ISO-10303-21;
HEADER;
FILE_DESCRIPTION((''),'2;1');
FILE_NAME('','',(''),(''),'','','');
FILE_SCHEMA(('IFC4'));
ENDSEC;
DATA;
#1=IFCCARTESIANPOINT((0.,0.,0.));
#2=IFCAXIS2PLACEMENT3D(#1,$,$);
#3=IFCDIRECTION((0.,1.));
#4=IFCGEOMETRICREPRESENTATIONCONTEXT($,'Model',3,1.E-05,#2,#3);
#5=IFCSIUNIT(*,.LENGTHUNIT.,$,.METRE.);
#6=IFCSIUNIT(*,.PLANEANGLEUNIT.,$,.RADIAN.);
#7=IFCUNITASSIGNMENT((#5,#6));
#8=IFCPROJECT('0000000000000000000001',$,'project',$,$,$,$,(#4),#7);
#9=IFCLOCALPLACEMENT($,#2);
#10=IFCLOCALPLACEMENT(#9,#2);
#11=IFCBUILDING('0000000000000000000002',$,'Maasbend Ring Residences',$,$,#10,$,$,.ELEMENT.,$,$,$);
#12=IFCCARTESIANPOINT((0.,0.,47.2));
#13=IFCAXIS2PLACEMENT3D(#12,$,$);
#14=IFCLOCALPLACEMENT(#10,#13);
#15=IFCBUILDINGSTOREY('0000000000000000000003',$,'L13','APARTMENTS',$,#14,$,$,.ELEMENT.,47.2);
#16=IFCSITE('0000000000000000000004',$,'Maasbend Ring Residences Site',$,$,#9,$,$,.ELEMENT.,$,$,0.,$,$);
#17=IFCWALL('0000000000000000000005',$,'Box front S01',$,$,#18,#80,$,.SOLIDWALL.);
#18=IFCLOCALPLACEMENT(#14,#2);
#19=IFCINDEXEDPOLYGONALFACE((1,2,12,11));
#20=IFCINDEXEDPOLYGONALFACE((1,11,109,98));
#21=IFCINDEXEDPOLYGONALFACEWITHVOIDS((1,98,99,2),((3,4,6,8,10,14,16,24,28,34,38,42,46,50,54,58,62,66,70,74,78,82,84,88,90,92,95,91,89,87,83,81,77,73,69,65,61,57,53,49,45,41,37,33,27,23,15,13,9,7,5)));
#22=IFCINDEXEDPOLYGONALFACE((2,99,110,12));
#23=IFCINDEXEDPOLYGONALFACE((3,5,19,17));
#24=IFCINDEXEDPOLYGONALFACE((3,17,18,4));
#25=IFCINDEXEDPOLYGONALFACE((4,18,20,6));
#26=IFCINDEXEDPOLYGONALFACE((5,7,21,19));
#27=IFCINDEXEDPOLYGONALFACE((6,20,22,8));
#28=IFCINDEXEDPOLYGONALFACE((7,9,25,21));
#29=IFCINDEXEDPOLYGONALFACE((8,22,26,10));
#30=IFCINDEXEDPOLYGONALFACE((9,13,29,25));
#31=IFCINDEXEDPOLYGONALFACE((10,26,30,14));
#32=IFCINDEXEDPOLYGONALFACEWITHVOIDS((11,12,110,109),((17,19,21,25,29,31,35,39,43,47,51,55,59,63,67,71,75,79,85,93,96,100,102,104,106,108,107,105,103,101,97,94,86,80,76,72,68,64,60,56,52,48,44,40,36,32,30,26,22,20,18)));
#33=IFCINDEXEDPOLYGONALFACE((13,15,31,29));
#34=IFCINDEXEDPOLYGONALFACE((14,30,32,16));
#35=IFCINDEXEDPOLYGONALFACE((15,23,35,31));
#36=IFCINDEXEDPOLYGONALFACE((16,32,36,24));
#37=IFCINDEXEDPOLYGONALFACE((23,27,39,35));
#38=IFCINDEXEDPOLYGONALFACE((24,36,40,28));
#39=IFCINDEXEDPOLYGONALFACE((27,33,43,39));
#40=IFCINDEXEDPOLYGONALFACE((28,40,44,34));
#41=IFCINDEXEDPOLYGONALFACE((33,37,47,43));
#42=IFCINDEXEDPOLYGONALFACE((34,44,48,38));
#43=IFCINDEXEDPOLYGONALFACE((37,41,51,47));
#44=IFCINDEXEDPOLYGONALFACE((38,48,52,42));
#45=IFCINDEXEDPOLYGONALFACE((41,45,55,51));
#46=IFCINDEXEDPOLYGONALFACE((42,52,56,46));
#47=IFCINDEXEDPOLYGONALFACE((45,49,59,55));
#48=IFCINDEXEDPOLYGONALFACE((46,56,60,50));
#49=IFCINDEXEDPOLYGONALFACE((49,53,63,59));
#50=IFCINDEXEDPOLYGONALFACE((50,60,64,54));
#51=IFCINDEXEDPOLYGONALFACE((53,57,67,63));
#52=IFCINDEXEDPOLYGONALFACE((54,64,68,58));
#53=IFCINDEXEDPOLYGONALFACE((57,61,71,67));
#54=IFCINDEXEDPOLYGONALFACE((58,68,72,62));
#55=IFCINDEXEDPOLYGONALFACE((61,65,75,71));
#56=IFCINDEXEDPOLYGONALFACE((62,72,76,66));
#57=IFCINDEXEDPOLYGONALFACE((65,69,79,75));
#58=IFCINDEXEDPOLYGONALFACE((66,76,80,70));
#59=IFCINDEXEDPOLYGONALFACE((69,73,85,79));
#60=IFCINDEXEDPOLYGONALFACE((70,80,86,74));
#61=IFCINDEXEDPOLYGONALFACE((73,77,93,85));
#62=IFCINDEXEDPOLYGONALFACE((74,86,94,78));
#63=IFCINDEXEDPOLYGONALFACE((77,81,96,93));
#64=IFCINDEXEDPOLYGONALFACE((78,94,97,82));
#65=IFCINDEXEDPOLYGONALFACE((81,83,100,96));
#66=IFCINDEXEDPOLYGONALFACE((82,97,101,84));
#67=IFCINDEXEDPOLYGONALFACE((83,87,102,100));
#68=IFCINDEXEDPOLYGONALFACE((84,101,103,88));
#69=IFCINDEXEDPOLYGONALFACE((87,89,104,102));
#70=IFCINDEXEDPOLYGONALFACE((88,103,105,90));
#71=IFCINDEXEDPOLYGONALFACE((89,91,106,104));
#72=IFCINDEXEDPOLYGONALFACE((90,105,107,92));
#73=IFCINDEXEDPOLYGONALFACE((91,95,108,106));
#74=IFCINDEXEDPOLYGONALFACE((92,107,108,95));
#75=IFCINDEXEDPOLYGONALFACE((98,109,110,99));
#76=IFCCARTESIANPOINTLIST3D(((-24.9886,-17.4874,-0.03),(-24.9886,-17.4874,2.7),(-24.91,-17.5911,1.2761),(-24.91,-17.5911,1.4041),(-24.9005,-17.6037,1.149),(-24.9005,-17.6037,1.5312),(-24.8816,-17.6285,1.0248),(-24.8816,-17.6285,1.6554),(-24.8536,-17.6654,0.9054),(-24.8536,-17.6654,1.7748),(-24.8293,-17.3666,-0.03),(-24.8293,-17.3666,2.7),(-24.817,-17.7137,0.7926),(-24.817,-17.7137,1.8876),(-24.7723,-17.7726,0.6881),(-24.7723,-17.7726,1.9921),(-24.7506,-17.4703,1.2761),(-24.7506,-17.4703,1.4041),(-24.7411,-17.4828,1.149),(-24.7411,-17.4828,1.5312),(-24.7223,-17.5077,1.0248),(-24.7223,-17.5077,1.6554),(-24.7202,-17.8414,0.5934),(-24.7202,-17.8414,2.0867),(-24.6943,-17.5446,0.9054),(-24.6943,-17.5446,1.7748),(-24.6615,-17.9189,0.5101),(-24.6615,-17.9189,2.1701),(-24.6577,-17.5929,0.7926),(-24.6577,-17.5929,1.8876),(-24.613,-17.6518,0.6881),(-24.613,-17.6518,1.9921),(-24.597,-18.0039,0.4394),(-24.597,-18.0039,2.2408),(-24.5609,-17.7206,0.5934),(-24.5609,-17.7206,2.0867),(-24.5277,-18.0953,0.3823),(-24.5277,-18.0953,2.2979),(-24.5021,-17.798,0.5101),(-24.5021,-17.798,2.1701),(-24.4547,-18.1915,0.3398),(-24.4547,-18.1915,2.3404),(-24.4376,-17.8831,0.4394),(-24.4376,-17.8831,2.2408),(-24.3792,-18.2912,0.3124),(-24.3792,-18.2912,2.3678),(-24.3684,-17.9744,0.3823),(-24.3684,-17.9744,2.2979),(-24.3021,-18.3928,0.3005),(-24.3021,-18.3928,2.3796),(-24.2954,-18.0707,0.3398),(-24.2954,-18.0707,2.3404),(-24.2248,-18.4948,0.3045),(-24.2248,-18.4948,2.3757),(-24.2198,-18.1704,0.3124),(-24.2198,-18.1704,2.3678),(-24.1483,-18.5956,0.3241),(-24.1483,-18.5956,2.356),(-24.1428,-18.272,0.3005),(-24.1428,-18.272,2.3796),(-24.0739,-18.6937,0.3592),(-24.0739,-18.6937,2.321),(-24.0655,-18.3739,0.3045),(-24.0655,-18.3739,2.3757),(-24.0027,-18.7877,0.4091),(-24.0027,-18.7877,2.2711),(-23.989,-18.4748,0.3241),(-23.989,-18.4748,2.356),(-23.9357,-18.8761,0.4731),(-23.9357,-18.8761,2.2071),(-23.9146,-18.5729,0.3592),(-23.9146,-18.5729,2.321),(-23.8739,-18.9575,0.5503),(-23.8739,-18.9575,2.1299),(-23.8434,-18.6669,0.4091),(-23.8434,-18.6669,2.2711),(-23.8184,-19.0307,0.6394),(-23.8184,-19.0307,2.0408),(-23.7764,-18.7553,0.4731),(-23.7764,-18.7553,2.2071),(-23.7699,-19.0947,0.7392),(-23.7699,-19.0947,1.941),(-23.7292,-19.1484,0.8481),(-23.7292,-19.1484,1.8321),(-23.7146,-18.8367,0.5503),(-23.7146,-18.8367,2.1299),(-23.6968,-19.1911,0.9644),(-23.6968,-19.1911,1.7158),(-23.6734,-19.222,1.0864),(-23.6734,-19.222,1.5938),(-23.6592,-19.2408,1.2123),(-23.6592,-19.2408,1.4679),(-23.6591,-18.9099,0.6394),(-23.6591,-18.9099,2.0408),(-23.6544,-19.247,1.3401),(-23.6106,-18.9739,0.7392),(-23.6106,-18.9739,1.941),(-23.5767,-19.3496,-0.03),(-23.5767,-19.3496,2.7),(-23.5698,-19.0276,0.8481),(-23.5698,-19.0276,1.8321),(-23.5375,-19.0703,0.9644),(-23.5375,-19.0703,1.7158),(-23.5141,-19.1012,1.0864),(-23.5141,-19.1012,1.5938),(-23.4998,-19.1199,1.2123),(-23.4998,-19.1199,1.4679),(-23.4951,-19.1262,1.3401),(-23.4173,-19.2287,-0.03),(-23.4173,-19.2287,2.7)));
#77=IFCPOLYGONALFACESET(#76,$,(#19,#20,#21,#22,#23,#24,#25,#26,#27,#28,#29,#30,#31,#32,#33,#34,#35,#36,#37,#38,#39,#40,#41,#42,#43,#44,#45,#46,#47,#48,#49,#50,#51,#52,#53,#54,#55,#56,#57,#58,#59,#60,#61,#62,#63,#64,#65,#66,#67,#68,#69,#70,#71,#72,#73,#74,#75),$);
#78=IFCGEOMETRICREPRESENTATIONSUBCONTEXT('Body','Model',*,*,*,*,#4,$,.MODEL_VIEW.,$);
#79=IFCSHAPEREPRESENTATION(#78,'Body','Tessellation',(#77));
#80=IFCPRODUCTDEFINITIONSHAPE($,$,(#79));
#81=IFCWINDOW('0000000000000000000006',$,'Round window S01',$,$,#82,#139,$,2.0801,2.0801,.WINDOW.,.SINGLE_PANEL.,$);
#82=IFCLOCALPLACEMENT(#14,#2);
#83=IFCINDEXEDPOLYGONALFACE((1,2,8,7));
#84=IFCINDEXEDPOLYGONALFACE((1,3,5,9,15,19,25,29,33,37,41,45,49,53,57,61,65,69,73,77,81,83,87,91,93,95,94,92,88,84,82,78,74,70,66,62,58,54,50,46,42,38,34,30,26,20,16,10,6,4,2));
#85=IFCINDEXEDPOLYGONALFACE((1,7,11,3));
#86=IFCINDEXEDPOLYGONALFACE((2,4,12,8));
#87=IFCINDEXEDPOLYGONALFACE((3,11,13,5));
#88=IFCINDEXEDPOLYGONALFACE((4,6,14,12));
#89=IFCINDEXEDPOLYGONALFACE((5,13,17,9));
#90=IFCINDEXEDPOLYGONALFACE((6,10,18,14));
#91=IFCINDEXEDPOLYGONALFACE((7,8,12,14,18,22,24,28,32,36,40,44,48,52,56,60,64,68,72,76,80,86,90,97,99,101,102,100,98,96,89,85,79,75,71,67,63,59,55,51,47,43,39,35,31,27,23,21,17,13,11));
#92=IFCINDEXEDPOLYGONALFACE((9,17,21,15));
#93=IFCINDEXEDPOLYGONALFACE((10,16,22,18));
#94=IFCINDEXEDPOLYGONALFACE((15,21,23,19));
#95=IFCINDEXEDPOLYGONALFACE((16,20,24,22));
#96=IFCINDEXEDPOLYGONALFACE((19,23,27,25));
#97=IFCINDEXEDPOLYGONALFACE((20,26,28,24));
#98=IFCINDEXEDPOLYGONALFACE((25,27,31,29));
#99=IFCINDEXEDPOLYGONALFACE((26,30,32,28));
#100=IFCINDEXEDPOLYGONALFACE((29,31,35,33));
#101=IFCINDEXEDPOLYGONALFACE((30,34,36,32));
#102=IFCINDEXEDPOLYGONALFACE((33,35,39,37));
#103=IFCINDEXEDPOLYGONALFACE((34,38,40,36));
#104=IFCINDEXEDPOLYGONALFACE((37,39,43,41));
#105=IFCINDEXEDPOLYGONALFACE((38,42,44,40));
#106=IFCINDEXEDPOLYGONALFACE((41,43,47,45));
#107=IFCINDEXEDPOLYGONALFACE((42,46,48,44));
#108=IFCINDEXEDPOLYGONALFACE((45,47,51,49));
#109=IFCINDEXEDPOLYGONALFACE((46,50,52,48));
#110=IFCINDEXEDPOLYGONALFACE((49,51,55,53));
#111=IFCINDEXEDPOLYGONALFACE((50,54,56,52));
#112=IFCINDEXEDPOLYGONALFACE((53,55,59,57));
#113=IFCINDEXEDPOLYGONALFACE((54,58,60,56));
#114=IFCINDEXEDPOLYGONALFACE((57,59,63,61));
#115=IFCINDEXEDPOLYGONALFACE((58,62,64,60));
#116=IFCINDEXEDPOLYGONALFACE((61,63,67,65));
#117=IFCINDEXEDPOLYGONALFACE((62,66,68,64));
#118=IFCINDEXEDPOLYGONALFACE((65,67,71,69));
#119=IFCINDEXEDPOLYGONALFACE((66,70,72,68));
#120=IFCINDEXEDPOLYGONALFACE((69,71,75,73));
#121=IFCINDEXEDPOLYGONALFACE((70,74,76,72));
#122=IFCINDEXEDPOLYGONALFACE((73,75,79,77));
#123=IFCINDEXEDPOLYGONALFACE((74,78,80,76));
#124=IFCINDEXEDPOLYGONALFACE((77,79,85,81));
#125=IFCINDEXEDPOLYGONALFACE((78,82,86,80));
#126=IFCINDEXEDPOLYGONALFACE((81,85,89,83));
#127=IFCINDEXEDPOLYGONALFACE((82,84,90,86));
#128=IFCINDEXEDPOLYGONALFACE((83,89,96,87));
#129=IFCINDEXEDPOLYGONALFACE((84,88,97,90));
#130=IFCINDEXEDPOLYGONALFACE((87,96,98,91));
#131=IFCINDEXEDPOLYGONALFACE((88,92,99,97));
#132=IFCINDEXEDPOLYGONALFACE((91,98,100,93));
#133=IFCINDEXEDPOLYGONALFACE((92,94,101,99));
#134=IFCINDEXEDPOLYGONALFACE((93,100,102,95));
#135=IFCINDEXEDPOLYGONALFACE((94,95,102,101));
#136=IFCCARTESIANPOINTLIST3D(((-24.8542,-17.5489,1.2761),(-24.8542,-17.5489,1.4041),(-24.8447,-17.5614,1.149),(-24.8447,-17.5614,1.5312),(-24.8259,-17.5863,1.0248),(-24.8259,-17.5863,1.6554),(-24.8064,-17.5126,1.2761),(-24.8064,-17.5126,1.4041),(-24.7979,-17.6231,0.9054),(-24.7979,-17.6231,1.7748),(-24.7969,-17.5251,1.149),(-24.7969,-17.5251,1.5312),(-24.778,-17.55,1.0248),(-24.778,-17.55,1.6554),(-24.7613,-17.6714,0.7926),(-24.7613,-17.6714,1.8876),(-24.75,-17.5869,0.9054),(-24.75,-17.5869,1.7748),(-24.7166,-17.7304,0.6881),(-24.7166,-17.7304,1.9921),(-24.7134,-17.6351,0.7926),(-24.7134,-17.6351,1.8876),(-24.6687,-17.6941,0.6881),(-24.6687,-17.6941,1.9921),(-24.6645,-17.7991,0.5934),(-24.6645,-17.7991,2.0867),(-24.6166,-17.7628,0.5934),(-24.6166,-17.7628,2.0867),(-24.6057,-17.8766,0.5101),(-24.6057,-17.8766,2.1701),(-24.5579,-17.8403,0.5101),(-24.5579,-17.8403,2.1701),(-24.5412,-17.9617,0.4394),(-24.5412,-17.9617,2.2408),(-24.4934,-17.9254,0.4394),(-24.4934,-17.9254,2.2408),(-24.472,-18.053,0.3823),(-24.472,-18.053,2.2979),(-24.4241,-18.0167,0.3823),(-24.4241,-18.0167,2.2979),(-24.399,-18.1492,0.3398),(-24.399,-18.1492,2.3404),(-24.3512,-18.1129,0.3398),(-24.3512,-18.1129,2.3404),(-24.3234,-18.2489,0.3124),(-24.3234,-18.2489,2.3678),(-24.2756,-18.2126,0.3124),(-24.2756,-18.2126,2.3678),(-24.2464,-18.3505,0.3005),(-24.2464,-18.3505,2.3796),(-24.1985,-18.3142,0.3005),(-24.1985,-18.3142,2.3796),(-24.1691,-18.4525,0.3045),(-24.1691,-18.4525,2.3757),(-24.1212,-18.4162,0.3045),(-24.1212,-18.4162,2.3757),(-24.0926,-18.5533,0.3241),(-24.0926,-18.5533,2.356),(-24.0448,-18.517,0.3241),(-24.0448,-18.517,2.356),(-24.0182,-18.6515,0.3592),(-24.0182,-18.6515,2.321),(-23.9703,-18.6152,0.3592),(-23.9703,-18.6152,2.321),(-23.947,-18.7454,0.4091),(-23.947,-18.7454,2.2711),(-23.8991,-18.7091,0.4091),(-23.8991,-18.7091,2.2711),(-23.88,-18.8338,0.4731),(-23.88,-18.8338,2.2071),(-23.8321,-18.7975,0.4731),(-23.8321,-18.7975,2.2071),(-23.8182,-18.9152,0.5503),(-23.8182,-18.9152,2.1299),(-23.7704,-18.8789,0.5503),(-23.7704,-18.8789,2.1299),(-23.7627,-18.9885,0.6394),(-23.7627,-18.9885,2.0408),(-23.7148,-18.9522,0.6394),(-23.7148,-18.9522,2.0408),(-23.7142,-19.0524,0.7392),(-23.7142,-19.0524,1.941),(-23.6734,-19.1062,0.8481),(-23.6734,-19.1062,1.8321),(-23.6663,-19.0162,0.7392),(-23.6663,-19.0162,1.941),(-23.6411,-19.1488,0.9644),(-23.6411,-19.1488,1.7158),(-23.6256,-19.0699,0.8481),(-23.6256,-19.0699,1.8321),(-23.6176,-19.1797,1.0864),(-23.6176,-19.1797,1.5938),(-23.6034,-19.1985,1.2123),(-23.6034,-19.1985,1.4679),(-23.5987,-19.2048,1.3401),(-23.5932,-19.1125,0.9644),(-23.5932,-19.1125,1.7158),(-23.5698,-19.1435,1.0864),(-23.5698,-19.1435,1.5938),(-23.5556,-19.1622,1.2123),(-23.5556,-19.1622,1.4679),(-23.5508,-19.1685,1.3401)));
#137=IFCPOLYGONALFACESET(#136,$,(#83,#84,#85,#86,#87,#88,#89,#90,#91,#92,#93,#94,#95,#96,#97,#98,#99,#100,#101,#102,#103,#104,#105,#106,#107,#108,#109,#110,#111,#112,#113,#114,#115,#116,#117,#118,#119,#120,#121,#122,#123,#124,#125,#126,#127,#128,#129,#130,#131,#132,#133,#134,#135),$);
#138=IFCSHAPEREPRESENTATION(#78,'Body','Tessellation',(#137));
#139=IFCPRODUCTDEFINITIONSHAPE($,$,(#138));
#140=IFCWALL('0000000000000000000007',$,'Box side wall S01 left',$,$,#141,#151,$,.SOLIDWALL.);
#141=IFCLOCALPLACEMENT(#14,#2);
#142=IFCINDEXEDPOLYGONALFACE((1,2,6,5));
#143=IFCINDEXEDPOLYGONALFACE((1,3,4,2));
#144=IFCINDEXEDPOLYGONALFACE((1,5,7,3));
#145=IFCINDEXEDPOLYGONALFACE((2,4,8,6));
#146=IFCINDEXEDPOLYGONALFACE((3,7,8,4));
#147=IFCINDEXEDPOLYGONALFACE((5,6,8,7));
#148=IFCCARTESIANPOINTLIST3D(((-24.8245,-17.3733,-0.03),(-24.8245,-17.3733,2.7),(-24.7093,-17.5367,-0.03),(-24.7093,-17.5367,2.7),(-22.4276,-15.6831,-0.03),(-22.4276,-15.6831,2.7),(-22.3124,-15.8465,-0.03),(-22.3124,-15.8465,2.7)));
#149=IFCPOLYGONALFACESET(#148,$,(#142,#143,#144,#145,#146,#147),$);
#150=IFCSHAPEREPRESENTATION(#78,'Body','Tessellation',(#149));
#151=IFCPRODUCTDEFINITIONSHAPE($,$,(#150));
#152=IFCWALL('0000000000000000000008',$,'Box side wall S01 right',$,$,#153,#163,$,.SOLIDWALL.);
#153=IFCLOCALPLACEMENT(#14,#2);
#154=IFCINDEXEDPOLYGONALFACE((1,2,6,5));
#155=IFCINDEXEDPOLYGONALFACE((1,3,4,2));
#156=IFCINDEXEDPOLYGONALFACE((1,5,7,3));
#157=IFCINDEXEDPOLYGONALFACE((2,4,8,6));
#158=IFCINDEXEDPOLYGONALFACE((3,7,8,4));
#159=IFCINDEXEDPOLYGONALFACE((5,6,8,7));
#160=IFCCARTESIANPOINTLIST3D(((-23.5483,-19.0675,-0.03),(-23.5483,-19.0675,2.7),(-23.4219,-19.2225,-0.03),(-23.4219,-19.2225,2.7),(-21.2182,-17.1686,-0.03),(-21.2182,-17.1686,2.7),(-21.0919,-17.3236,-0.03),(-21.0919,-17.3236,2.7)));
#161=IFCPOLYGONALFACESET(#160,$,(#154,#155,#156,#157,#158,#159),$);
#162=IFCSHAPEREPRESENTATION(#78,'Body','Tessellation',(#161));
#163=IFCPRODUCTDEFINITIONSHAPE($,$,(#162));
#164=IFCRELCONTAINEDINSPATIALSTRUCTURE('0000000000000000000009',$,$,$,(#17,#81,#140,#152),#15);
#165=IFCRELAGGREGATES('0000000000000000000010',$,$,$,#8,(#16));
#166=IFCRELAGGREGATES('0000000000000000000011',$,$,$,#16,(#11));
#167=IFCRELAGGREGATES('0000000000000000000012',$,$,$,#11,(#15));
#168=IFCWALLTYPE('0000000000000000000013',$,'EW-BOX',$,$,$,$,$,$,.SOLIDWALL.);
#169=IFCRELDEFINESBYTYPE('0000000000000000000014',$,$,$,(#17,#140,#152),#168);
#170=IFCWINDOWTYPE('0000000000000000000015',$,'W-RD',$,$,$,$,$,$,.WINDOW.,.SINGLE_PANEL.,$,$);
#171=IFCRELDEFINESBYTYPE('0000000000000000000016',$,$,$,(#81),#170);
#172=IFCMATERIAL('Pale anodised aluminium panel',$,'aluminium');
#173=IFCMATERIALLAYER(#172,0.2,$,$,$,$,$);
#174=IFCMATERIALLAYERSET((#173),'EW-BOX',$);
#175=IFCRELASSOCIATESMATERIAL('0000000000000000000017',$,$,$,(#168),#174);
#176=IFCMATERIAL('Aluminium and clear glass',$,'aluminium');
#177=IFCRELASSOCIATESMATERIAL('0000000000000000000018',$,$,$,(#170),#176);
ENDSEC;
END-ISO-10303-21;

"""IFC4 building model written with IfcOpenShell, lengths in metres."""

from ifc_helpers import new_model, si_unit, direction, frame, frame_2d, origin, place, context, subcontext, project, spatial, rectangle, circle, extrude, material, layer, layer_set, type_object, element, fill, save


model = new_model("IFC4")

# Units and contexts
model_context = context("Model", 3, precision=1e-05, world=origin(), true_north=direction((0.0, 1.0)))
body_context = subcontext(model_context, "Body", "Model", "MODEL_VIEW")
ifc_project = project(units=[si_unit("LENGTHUNIT", "METRE"), si_unit("PLANEANGLEUNIT", "RADIAN")], contexts=[model_context])

# Site, building, storey
site_placement = place(None, origin())
site = spatial("IfcSite", under=ifc_project, at=site_placement, Name="Maasbend Ring Residences Site", CompositionType="ELEMENT", RefElevation=0.0)
building_placement = place(site_placement, origin())
building = spatial("IfcBuilding", under=site, at=building_placement, Name="Maasbend Ring Residences", CompositionType="ELEMENT")
storey_placement = place(building_placement, frame((0.0, 0.0, 47.2)))
storey = spatial("IfcBuildingStorey", under=building, at=storey_placement, Name="L13", Description="APARTMENTS", CompositionType="ELEMENT", Elevation=47.2)

# Wall, opening, window
ifc_material_1 = material(Name="Pale anodised aluminium panel", Category="aluminium")
ifc_layer_1 = layer(ifc_material_1, 0.2)
ifc_layer_set_1 = layer_set([ifc_layer_1], Name="EW-BOX")
wall_type_1 = type_object("IfcWallType", Name="EW-BOX", PredefinedType="SOLIDWALL", material=ifc_layer_set_1)
wall_1_placement = place(storey_placement, frame((-24.9089, -17.427, -0.03), z_axis=(0.0, 0.0, 1.0), x_axis=(0.604188, -0.796842, 0.0)))
wall_1 = element("IfcWall", 1, at=wall_1_placement, inside=storey, type_object=wall_type_1, Name="Box front S01", PredefinedType="SOLIDWALL", context=body_context, shape_type="SweptSolid", body=[
    extrude(rectangle(XDim=2.3369, YDim=0.2, at=frame_2d((1.1685, 0.0))), origin(), (0.0, 0.0, 1.0), 2.73),
])
opening_1_placement = place(wall_1_placement, frame((0.1282, 0.0, 0.3301)))
opening_1 = element("IfcOpeningElement", 2, at=opening_1_placement, cuts=wall_1, PredefinedType="OPENING", context=body_context, shape_type="SweptSolid", body=[
    extrude(circle(Radius=1.04, at=frame_2d((1.04, 1.04))), frame((0.0, 0.1099, 0.0), z_axis=(0.0, -1.0, 0.0), x_axis=(1.0, 0.0, 0.0)), (0.0, 0.0, 1.0), 0.22),
])
ifc_material_2 = material(Name="Aluminium and clear glass", Category="aluminium")
window_type_1 = type_object("IfcWindowType", Name="W-RD", PartitioningType="SINGLE_PANEL", PredefinedType="WINDOW", material=ifc_material_2)
window_1_placement = place(opening_1_placement, origin())
window_1 = element("IfcWindow", 3, at=window_1_placement, inside=storey, type_object=window_type_1, Name="Round window S01", OverallHeight=2.0801, OverallWidth=2.0801, PartitioningType="SINGLE_PANEL", PredefinedType="WINDOW", context=body_context, shape_type="SweptSolid", body=[
    extrude(circle(Radius=1.04, at=frame_2d((1.04, 1.04))), frame((0.0, 0.03, 0.0), z_axis=(0.0, -1.0, 0.0), x_axis=(1.0, 0.0, 0.0)), (0.0, 0.0, 1.0), 0.0601),
])
fill(opening_1, window_1)

# Walls
wall_2_placement = place(storey_placement, frame((-22.3701, -15.7649, -0.03), z_axis=(0.0, 0.0, 1.0), x_axis=(-0.817256, -0.576275, 0.0)))
element("IfcWall", 4, at=wall_2_placement, inside=storey, type_object=wall_type_1, Name="Box side wall S01 left", PredefinedType="SOLIDWALL", context=body_context, shape_type="SweptSolid", body=[
    extrude(rectangle(XDim=2.9329, YDim=0.2, at=frame_2d((1.4663, 0.0))), origin(), (0.0, 0.0, 1.0), 2.73),
])
wall_3_placement = place(storey_placement, frame((-21.155, -17.2461, -0.03), z_axis=(0.0, 0.0, 1.0), x_axis=(-0.775179, -0.631742, 0.0)))
element("IfcWall", 5, at=wall_3_placement, inside=storey, type_object=wall_type_1, Name="Box side wall S01 right", PredefinedType="SOLIDWALL", context=body_context, shape_type="SweptSolid", body=[
    extrude(rectangle(XDim=3.0059, YDim=0.2, at=frame_2d((1.5029, 0.0))), origin(), (0.0, 0.0, 1.0), 2.73),
])

save(model, "model.ifc")
